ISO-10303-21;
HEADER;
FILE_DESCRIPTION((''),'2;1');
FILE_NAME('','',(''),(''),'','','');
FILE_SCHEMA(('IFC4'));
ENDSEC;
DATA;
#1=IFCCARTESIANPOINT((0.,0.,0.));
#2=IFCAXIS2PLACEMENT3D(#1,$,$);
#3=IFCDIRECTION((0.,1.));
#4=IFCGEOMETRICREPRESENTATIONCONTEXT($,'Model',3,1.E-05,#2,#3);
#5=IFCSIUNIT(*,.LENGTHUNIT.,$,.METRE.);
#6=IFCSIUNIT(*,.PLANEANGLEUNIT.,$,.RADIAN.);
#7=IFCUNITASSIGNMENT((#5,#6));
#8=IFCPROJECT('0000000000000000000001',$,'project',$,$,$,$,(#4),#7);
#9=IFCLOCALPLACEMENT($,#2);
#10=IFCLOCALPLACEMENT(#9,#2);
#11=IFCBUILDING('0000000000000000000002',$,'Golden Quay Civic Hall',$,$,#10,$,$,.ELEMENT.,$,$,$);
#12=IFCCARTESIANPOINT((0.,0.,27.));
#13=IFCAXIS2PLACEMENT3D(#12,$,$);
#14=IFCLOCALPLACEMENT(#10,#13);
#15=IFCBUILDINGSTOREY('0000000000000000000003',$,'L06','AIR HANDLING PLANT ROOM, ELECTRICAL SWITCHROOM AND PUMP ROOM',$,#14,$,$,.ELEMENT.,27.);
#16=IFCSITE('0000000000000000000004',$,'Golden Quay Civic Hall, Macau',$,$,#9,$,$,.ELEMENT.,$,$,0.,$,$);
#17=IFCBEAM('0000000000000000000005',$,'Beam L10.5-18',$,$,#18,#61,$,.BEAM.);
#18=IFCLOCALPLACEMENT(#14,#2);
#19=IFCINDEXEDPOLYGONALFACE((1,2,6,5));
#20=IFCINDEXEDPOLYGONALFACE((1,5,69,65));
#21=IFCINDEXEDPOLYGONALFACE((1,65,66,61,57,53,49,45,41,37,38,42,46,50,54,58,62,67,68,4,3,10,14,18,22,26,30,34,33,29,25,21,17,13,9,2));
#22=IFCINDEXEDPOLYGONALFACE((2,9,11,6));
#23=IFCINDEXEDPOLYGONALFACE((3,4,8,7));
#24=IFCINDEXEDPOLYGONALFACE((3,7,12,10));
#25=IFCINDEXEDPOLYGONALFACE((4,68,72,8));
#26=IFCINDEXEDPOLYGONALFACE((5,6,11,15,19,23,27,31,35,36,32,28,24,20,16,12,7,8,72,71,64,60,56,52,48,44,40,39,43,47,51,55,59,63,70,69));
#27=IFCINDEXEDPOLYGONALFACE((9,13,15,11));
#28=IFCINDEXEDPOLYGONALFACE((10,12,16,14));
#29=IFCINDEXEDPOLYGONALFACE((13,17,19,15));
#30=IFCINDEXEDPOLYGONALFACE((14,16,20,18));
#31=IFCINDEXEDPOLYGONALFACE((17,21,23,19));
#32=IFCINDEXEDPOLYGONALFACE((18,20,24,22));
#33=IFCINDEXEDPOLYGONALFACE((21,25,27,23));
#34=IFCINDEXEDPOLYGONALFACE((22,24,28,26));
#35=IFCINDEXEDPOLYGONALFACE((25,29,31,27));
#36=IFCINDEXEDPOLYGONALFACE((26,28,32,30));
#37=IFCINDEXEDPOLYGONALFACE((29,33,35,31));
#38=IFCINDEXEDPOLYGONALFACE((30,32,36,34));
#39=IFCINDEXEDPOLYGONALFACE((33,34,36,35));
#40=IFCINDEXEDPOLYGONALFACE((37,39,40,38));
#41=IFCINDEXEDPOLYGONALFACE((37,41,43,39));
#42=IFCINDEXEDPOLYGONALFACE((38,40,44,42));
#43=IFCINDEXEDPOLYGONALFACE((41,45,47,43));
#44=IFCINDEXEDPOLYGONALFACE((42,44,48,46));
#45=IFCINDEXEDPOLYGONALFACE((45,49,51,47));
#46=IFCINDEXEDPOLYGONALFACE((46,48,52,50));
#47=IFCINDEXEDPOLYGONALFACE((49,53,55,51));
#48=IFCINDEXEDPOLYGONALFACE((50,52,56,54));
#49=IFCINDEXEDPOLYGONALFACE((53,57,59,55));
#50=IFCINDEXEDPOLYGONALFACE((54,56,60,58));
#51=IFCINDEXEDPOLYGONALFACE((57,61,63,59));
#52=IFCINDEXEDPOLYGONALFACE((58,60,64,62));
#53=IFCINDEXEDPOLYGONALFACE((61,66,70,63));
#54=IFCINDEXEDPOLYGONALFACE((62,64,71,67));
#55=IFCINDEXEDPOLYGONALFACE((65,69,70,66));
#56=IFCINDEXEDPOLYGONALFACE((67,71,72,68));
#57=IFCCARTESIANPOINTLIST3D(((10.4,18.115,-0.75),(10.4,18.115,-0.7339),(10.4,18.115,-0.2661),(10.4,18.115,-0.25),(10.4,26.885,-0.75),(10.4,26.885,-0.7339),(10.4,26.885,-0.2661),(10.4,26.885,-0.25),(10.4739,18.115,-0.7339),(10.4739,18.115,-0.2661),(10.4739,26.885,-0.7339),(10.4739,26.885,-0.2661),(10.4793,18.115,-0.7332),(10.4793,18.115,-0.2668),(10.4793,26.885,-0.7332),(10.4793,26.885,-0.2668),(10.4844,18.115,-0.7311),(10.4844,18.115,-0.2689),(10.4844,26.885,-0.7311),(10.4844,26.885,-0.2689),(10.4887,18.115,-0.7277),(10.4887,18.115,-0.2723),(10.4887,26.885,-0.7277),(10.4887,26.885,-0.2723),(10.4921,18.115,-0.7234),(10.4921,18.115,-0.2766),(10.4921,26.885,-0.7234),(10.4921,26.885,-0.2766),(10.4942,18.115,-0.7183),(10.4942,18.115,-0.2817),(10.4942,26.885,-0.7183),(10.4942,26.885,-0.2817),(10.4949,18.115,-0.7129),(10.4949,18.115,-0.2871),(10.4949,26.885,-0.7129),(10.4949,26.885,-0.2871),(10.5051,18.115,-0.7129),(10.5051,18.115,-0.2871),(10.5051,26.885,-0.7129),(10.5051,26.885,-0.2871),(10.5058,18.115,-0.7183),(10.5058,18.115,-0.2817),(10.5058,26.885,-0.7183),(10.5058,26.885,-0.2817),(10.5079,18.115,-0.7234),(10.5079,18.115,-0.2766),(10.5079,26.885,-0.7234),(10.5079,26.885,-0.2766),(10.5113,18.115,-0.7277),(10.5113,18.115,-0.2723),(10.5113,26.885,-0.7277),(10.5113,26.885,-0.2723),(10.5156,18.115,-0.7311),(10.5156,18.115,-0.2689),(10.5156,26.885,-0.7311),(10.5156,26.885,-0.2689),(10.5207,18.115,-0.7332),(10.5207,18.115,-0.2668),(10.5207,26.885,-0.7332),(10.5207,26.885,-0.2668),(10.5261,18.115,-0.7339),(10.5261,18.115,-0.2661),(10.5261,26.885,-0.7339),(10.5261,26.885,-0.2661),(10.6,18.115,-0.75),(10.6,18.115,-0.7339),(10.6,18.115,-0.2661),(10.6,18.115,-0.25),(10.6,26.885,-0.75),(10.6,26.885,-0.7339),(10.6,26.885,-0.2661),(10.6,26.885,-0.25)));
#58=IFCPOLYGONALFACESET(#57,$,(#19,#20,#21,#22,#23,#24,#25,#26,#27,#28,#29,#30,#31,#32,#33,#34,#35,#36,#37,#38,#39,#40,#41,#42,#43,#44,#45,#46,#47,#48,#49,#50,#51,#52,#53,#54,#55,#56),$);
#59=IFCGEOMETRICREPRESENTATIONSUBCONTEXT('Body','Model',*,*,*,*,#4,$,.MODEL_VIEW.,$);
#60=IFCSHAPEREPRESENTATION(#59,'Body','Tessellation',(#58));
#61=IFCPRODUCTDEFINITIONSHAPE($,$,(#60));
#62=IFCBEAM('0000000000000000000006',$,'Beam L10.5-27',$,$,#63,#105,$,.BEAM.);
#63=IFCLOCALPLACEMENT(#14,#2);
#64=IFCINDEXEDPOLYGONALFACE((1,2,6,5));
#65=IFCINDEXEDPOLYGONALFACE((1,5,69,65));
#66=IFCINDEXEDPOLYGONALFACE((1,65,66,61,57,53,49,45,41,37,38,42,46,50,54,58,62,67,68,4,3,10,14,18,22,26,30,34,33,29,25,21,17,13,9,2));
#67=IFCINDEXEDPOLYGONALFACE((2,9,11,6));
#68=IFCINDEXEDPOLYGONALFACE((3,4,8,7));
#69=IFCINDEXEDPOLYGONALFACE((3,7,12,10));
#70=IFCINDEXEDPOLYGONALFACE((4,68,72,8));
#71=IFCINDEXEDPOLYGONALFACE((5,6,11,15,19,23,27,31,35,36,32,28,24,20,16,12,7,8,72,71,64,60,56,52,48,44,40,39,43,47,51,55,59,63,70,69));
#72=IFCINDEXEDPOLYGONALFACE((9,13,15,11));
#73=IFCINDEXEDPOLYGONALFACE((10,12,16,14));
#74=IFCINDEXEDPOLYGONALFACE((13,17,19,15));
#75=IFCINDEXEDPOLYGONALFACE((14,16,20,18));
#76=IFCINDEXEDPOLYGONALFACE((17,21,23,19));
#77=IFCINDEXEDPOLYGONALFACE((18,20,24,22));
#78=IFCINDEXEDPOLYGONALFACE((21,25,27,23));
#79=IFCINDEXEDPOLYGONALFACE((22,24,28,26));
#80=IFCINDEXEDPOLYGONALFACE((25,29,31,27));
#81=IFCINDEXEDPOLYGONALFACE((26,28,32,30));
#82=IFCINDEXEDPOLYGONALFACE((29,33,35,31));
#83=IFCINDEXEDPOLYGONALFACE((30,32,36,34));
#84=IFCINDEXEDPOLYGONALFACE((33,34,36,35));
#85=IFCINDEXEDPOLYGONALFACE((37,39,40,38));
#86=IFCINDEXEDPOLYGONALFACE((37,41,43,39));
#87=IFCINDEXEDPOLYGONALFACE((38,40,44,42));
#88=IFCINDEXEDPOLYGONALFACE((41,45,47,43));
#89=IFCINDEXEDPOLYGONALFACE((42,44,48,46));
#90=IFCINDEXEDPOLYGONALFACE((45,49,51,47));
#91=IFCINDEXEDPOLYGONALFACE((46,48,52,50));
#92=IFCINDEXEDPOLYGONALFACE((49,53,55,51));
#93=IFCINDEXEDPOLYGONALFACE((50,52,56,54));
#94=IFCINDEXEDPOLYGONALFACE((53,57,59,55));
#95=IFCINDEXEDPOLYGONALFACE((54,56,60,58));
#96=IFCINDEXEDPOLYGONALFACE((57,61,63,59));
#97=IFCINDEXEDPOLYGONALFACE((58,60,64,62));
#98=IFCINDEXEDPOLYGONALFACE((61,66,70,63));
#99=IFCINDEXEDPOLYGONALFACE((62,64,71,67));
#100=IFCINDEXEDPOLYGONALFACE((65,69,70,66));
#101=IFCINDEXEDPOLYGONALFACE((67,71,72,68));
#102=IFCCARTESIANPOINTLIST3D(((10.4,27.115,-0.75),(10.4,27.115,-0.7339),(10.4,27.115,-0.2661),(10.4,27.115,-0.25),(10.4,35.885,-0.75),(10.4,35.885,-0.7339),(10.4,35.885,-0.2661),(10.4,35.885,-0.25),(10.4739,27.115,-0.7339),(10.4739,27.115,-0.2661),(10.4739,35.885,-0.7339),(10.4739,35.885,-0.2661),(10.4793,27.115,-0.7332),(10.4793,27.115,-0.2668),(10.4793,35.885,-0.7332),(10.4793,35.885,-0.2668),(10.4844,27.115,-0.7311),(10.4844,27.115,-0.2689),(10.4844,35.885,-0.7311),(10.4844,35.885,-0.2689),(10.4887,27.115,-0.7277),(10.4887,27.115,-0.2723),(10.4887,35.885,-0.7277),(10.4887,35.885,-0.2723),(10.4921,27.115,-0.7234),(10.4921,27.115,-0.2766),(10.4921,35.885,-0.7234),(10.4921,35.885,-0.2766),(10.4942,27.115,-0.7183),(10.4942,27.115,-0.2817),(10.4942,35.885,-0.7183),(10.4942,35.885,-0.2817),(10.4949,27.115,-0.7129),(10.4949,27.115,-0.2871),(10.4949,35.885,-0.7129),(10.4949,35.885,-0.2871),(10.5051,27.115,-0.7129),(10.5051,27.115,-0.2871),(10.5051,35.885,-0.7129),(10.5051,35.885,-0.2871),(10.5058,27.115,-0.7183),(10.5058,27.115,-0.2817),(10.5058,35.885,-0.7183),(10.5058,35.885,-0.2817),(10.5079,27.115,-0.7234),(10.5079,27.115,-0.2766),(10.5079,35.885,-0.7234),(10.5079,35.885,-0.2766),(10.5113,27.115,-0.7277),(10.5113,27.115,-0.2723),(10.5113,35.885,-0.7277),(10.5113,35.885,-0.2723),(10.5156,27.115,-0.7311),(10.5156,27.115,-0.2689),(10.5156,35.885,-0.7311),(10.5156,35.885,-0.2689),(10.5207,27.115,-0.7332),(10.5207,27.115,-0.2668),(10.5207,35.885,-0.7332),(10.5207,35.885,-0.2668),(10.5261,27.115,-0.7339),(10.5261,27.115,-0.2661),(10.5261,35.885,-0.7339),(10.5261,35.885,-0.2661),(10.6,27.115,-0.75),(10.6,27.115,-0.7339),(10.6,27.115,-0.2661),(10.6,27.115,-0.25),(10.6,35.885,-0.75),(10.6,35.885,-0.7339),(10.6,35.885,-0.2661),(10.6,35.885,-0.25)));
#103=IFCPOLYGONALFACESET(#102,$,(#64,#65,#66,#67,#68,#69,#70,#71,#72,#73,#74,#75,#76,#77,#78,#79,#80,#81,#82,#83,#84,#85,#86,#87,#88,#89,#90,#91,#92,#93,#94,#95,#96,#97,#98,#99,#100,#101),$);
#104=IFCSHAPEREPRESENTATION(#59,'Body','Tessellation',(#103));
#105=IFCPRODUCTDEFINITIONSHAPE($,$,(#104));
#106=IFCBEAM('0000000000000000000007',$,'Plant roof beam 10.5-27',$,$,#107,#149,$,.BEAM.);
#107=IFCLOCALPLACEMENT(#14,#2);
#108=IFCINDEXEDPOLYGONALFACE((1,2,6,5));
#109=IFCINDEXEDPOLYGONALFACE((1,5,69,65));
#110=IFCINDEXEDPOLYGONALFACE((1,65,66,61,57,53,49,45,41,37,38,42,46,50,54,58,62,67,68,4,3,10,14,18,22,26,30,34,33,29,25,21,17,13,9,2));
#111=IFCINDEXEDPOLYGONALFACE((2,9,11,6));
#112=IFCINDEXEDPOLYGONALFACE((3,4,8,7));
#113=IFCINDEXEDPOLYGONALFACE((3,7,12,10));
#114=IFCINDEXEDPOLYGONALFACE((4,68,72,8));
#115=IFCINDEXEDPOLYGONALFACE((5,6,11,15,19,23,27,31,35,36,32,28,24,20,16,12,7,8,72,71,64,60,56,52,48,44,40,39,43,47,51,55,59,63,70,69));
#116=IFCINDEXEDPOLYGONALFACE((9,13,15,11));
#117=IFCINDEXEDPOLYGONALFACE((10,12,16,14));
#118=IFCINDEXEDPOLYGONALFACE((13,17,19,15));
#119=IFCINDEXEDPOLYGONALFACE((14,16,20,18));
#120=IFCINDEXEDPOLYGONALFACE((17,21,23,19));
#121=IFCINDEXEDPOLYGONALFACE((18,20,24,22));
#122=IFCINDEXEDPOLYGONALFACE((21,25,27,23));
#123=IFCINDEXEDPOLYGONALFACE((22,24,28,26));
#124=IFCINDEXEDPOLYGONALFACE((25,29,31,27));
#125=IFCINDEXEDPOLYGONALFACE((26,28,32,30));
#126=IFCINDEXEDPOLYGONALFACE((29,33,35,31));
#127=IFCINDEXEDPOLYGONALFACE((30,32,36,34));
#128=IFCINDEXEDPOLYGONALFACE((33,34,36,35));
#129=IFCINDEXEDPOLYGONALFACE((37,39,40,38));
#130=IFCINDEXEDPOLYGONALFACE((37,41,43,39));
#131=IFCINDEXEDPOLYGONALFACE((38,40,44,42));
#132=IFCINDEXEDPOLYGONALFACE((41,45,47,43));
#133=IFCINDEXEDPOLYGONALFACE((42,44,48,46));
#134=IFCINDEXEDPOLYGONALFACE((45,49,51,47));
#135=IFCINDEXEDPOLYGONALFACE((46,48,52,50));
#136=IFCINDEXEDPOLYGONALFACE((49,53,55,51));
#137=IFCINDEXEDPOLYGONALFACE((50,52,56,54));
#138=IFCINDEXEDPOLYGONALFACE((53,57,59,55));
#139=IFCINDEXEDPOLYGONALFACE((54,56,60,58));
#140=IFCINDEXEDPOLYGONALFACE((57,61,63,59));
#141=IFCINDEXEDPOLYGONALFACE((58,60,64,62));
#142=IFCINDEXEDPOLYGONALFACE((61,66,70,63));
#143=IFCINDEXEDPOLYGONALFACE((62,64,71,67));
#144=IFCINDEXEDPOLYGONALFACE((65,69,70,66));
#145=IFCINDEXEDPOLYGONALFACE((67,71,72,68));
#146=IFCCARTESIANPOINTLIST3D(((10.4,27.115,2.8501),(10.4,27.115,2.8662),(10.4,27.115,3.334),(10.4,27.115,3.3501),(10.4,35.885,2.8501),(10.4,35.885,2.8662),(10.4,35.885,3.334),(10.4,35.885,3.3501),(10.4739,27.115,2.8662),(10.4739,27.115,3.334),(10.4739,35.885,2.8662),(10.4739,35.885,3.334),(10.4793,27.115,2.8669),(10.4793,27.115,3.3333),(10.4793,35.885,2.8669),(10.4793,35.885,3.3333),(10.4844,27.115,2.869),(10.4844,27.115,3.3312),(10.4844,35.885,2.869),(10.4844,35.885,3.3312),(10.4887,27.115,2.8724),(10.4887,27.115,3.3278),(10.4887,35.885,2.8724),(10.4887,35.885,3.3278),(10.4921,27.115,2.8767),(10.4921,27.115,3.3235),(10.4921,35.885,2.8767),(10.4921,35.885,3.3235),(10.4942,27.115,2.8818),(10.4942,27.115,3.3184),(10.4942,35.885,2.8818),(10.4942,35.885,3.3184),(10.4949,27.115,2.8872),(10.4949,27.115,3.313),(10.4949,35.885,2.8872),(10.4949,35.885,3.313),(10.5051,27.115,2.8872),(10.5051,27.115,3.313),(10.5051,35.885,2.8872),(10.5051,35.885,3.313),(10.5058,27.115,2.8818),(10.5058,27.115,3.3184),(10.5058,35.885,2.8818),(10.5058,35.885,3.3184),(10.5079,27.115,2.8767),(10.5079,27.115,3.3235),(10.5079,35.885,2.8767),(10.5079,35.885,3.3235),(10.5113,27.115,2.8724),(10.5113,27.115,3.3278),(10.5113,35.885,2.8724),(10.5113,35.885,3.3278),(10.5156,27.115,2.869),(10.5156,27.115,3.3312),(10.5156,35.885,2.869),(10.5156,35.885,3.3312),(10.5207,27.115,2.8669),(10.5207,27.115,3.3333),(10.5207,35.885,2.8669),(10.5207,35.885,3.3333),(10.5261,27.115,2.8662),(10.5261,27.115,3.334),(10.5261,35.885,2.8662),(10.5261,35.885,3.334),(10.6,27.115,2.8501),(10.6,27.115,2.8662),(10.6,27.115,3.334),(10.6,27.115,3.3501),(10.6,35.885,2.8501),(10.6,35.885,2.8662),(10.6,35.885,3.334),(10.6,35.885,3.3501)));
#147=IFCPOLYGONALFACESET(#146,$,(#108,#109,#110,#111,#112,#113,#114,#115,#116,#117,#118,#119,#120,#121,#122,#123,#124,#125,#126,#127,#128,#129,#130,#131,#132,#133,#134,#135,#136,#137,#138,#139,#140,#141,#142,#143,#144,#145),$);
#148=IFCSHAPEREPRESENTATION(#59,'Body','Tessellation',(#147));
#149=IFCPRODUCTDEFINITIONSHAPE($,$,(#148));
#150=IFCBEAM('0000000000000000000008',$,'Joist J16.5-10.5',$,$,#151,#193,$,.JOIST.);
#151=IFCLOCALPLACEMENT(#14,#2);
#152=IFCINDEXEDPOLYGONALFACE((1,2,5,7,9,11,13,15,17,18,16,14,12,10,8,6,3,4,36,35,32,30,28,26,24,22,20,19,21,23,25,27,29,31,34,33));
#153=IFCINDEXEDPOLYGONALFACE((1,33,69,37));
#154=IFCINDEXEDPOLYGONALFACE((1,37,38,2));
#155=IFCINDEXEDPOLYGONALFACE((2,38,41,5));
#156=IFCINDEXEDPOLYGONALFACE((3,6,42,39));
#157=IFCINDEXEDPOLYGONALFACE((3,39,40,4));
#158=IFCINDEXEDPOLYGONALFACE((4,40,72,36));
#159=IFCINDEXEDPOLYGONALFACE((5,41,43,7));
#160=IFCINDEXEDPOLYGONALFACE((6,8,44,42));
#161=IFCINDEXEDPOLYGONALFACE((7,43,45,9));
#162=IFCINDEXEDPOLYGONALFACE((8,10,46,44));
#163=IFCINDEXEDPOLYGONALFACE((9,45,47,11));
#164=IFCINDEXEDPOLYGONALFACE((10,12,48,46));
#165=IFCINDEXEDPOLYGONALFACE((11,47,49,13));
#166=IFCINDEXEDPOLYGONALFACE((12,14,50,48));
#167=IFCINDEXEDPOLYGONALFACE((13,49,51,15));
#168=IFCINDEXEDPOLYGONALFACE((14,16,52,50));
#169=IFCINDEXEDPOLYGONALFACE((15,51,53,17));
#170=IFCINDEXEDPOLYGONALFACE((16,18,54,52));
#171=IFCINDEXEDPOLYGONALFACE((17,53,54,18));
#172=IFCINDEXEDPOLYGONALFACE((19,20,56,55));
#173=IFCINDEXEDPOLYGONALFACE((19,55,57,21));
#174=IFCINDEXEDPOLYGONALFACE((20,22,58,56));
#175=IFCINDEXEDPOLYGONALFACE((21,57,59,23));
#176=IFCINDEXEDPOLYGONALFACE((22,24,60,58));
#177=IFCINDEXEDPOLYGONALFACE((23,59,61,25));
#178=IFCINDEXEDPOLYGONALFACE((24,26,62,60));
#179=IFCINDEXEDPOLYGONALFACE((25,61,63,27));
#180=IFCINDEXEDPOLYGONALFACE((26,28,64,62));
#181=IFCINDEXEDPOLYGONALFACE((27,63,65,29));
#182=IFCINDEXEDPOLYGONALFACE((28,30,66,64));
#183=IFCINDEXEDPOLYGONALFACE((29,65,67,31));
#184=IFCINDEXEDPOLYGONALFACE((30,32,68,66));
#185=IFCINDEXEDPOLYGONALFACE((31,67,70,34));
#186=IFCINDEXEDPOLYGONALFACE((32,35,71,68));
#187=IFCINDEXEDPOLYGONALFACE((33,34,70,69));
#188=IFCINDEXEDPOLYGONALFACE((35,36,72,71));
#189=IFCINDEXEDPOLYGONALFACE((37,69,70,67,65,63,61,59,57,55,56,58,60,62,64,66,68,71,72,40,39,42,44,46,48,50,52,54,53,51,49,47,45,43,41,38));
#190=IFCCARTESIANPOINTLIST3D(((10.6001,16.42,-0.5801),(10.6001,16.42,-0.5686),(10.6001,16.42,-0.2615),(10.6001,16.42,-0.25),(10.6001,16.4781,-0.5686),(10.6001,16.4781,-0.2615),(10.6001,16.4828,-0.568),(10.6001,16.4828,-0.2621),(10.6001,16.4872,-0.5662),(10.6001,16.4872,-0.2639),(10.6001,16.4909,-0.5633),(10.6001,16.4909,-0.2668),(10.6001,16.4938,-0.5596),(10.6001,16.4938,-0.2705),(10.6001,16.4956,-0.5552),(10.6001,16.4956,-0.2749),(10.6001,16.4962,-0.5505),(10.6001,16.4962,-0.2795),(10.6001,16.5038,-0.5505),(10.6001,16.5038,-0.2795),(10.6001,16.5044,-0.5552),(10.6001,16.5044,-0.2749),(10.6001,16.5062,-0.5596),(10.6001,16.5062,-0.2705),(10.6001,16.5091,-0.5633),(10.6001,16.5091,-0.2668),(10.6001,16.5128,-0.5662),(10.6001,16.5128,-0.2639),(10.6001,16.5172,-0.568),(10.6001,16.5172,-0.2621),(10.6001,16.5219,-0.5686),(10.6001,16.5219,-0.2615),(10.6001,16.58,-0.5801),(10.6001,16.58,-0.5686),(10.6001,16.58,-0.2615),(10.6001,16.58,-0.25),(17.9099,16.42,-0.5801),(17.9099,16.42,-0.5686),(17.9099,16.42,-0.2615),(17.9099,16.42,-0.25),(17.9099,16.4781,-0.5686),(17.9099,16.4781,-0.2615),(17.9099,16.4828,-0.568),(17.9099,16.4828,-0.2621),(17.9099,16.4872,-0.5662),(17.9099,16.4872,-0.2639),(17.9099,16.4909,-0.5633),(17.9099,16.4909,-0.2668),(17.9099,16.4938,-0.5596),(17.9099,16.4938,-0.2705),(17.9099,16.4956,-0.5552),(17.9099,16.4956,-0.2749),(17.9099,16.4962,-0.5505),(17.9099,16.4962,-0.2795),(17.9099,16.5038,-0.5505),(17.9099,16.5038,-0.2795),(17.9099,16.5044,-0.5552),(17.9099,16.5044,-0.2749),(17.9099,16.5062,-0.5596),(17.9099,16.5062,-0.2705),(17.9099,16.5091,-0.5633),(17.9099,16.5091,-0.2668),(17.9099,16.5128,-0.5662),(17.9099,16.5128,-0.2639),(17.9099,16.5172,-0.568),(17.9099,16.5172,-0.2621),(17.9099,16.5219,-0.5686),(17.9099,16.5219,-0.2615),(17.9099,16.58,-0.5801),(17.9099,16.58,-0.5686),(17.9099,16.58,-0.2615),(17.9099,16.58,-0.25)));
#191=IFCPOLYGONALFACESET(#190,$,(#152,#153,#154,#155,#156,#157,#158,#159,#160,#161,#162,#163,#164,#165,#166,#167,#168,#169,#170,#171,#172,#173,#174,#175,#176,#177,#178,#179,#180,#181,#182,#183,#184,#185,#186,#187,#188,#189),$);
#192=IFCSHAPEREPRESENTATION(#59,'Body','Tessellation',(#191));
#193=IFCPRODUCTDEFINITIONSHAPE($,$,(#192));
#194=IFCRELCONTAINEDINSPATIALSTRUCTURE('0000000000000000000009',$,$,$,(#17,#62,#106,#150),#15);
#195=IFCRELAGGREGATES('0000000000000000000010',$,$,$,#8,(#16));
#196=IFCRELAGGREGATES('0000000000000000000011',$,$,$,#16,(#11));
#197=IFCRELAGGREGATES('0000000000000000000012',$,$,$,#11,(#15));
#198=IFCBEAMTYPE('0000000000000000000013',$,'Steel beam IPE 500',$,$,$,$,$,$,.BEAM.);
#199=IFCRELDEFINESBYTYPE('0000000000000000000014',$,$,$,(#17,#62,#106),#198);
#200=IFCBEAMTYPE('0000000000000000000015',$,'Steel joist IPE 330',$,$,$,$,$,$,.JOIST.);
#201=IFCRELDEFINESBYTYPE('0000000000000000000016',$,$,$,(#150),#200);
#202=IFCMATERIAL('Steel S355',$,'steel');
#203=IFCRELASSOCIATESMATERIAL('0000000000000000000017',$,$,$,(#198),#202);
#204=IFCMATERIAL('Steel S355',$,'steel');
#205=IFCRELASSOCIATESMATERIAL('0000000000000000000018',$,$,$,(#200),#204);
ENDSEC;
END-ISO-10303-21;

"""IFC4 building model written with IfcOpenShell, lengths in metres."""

from ifc_helpers import new_model, si_unit, direction, frame, origin, origin_2d, place, context, subcontext, project, spatial, i_section, extrude, material, material_profile, profile_set, type_object, element, save


model = new_model("IFC4")

# Units and contexts
model_context = context("Model", 3, precision=1e-05, world=origin(), true_north=direction((0.0, 1.0)))
body_context = subcontext(model_context, "Body", "Model", "MODEL_VIEW")
ifc_project = project(units=[si_unit("LENGTHUNIT", "METRE"), si_unit("PLANEANGLEUNIT", "RADIAN")], contexts=[model_context])

# Site, building, storey
site_placement = place(None, origin())
site = spatial("IfcSite", under=ifc_project, at=site_placement, Name="Golden Quay Civic Hall, Macau", CompositionType="ELEMENT", RefElevation=0.0)
building_placement = place(site_placement, origin())
building = spatial("IfcBuilding", under=site, at=building_placement, Name="Golden Quay Civic Hall", CompositionType="ELEMENT")
storey_placement = place(building_placement, frame((0.0, 0.0, 27.0)))
storey = spatial("IfcBuildingStorey", under=building, at=storey_placement, Name="L06", Description="AIR HANDLING PLANT ROOM, ELECTRICAL SWITCHROOM AND PUMP ROOM", CompositionType="ELEMENT", Elevation=27.0)

# Beams
ifc_material_1 = material(Name="Steel S355", Category="steel")
ifc_material_profile_1 = material_profile(ifc_material_1, i_section(OverallWidth=0.2, OverallDepth=0.5, WebThickness=0.0103, FlangeThickness=0.0161, FilletRadius=0.021, at=origin_2d()), Name="IPE 500")
ifc_profile_set_1 = profile_set([ifc_material_profile_1], Name="Steel S355")
beam_type_1 = type_object("IfcBeamType", Name="Steel beam IPE 500", PredefinedType="BEAM", material=ifc_profile_set_1)
for number, where, z_axis, x_axis, name in (
    (1, (10.5, 18.115, -0.5), (0.0, 1.0, 0.0), (-1.0, 0.0, 0.0), "Beam L10.5-18"),
    (2, (10.5, 27.115, -0.5), (0.0, 1.0, 0.0), (-1.0, 0.0, 0.0), "Beam L10.5-27"),
    (3, (10.5, 27.115, 3.1001), (0.0, 1.0, 0.0), (-1.0, 0.0, 0.0), "Plant roof beam 10.5-27"),
):
    element("IfcBeam", number, at=place(storey_placement, frame(where, z_axis=z_axis, x_axis=x_axis)), inside=storey, type_object=beam_type_1, Name=name, PredefinedType="BEAM", context=body_context, shape_type="SweptSolid", body=[
        extrude(i_section(OverallWidth=0.2, OverallDepth=0.5, WebThickness=0.0103, FlangeThickness=0.0161, FilletRadius=0.021, at=origin_2d()), origin(), (0.0, 0.0, 1.0), 8.77),
    ])
ifc_material_2 = material(Name="Steel S355", Category="steel")
ifc_material_profile_2 = material_profile(ifc_material_2, i_section(OverallWidth=0.1599, OverallDepth=0.3301, WebThickness=0.0076, FlangeThickness=0.0115, FilletRadius=0.0181, at=origin_2d()), Name="IPE 330")
ifc_profile_set_2 = profile_set([ifc_material_profile_2], Name="Steel S355")
beam_type_2 = type_object("IfcBeamType", Name="Steel joist IPE 330", PredefinedType="JOIST", material=ifc_profile_set_2)
for number, where, z_axis, x_axis, name in (
    (4, (10.6001, 16.5, -0.415), (1.0, 0.0, 0.0), (0.0, 1.0, 0.0), "Joist J16.5-10.5"),
):
    element("IfcBeam", number, at=place(storey_placement, frame(where, z_axis=z_axis, x_axis=x_axis)), inside=storey, type_object=beam_type_2, Name=name, PredefinedType="JOIST", context=body_context, shape_type="SweptSolid", body=[
        extrude(i_section(OverallWidth=0.1599, OverallDepth=0.3301, WebThickness=0.0076, FlangeThickness=0.0115, FilletRadius=0.0181, at=origin_2d()), origin(), (0.0, 0.0, 1.0), 7.3098),
    ])

save(model, "model.ifc")
